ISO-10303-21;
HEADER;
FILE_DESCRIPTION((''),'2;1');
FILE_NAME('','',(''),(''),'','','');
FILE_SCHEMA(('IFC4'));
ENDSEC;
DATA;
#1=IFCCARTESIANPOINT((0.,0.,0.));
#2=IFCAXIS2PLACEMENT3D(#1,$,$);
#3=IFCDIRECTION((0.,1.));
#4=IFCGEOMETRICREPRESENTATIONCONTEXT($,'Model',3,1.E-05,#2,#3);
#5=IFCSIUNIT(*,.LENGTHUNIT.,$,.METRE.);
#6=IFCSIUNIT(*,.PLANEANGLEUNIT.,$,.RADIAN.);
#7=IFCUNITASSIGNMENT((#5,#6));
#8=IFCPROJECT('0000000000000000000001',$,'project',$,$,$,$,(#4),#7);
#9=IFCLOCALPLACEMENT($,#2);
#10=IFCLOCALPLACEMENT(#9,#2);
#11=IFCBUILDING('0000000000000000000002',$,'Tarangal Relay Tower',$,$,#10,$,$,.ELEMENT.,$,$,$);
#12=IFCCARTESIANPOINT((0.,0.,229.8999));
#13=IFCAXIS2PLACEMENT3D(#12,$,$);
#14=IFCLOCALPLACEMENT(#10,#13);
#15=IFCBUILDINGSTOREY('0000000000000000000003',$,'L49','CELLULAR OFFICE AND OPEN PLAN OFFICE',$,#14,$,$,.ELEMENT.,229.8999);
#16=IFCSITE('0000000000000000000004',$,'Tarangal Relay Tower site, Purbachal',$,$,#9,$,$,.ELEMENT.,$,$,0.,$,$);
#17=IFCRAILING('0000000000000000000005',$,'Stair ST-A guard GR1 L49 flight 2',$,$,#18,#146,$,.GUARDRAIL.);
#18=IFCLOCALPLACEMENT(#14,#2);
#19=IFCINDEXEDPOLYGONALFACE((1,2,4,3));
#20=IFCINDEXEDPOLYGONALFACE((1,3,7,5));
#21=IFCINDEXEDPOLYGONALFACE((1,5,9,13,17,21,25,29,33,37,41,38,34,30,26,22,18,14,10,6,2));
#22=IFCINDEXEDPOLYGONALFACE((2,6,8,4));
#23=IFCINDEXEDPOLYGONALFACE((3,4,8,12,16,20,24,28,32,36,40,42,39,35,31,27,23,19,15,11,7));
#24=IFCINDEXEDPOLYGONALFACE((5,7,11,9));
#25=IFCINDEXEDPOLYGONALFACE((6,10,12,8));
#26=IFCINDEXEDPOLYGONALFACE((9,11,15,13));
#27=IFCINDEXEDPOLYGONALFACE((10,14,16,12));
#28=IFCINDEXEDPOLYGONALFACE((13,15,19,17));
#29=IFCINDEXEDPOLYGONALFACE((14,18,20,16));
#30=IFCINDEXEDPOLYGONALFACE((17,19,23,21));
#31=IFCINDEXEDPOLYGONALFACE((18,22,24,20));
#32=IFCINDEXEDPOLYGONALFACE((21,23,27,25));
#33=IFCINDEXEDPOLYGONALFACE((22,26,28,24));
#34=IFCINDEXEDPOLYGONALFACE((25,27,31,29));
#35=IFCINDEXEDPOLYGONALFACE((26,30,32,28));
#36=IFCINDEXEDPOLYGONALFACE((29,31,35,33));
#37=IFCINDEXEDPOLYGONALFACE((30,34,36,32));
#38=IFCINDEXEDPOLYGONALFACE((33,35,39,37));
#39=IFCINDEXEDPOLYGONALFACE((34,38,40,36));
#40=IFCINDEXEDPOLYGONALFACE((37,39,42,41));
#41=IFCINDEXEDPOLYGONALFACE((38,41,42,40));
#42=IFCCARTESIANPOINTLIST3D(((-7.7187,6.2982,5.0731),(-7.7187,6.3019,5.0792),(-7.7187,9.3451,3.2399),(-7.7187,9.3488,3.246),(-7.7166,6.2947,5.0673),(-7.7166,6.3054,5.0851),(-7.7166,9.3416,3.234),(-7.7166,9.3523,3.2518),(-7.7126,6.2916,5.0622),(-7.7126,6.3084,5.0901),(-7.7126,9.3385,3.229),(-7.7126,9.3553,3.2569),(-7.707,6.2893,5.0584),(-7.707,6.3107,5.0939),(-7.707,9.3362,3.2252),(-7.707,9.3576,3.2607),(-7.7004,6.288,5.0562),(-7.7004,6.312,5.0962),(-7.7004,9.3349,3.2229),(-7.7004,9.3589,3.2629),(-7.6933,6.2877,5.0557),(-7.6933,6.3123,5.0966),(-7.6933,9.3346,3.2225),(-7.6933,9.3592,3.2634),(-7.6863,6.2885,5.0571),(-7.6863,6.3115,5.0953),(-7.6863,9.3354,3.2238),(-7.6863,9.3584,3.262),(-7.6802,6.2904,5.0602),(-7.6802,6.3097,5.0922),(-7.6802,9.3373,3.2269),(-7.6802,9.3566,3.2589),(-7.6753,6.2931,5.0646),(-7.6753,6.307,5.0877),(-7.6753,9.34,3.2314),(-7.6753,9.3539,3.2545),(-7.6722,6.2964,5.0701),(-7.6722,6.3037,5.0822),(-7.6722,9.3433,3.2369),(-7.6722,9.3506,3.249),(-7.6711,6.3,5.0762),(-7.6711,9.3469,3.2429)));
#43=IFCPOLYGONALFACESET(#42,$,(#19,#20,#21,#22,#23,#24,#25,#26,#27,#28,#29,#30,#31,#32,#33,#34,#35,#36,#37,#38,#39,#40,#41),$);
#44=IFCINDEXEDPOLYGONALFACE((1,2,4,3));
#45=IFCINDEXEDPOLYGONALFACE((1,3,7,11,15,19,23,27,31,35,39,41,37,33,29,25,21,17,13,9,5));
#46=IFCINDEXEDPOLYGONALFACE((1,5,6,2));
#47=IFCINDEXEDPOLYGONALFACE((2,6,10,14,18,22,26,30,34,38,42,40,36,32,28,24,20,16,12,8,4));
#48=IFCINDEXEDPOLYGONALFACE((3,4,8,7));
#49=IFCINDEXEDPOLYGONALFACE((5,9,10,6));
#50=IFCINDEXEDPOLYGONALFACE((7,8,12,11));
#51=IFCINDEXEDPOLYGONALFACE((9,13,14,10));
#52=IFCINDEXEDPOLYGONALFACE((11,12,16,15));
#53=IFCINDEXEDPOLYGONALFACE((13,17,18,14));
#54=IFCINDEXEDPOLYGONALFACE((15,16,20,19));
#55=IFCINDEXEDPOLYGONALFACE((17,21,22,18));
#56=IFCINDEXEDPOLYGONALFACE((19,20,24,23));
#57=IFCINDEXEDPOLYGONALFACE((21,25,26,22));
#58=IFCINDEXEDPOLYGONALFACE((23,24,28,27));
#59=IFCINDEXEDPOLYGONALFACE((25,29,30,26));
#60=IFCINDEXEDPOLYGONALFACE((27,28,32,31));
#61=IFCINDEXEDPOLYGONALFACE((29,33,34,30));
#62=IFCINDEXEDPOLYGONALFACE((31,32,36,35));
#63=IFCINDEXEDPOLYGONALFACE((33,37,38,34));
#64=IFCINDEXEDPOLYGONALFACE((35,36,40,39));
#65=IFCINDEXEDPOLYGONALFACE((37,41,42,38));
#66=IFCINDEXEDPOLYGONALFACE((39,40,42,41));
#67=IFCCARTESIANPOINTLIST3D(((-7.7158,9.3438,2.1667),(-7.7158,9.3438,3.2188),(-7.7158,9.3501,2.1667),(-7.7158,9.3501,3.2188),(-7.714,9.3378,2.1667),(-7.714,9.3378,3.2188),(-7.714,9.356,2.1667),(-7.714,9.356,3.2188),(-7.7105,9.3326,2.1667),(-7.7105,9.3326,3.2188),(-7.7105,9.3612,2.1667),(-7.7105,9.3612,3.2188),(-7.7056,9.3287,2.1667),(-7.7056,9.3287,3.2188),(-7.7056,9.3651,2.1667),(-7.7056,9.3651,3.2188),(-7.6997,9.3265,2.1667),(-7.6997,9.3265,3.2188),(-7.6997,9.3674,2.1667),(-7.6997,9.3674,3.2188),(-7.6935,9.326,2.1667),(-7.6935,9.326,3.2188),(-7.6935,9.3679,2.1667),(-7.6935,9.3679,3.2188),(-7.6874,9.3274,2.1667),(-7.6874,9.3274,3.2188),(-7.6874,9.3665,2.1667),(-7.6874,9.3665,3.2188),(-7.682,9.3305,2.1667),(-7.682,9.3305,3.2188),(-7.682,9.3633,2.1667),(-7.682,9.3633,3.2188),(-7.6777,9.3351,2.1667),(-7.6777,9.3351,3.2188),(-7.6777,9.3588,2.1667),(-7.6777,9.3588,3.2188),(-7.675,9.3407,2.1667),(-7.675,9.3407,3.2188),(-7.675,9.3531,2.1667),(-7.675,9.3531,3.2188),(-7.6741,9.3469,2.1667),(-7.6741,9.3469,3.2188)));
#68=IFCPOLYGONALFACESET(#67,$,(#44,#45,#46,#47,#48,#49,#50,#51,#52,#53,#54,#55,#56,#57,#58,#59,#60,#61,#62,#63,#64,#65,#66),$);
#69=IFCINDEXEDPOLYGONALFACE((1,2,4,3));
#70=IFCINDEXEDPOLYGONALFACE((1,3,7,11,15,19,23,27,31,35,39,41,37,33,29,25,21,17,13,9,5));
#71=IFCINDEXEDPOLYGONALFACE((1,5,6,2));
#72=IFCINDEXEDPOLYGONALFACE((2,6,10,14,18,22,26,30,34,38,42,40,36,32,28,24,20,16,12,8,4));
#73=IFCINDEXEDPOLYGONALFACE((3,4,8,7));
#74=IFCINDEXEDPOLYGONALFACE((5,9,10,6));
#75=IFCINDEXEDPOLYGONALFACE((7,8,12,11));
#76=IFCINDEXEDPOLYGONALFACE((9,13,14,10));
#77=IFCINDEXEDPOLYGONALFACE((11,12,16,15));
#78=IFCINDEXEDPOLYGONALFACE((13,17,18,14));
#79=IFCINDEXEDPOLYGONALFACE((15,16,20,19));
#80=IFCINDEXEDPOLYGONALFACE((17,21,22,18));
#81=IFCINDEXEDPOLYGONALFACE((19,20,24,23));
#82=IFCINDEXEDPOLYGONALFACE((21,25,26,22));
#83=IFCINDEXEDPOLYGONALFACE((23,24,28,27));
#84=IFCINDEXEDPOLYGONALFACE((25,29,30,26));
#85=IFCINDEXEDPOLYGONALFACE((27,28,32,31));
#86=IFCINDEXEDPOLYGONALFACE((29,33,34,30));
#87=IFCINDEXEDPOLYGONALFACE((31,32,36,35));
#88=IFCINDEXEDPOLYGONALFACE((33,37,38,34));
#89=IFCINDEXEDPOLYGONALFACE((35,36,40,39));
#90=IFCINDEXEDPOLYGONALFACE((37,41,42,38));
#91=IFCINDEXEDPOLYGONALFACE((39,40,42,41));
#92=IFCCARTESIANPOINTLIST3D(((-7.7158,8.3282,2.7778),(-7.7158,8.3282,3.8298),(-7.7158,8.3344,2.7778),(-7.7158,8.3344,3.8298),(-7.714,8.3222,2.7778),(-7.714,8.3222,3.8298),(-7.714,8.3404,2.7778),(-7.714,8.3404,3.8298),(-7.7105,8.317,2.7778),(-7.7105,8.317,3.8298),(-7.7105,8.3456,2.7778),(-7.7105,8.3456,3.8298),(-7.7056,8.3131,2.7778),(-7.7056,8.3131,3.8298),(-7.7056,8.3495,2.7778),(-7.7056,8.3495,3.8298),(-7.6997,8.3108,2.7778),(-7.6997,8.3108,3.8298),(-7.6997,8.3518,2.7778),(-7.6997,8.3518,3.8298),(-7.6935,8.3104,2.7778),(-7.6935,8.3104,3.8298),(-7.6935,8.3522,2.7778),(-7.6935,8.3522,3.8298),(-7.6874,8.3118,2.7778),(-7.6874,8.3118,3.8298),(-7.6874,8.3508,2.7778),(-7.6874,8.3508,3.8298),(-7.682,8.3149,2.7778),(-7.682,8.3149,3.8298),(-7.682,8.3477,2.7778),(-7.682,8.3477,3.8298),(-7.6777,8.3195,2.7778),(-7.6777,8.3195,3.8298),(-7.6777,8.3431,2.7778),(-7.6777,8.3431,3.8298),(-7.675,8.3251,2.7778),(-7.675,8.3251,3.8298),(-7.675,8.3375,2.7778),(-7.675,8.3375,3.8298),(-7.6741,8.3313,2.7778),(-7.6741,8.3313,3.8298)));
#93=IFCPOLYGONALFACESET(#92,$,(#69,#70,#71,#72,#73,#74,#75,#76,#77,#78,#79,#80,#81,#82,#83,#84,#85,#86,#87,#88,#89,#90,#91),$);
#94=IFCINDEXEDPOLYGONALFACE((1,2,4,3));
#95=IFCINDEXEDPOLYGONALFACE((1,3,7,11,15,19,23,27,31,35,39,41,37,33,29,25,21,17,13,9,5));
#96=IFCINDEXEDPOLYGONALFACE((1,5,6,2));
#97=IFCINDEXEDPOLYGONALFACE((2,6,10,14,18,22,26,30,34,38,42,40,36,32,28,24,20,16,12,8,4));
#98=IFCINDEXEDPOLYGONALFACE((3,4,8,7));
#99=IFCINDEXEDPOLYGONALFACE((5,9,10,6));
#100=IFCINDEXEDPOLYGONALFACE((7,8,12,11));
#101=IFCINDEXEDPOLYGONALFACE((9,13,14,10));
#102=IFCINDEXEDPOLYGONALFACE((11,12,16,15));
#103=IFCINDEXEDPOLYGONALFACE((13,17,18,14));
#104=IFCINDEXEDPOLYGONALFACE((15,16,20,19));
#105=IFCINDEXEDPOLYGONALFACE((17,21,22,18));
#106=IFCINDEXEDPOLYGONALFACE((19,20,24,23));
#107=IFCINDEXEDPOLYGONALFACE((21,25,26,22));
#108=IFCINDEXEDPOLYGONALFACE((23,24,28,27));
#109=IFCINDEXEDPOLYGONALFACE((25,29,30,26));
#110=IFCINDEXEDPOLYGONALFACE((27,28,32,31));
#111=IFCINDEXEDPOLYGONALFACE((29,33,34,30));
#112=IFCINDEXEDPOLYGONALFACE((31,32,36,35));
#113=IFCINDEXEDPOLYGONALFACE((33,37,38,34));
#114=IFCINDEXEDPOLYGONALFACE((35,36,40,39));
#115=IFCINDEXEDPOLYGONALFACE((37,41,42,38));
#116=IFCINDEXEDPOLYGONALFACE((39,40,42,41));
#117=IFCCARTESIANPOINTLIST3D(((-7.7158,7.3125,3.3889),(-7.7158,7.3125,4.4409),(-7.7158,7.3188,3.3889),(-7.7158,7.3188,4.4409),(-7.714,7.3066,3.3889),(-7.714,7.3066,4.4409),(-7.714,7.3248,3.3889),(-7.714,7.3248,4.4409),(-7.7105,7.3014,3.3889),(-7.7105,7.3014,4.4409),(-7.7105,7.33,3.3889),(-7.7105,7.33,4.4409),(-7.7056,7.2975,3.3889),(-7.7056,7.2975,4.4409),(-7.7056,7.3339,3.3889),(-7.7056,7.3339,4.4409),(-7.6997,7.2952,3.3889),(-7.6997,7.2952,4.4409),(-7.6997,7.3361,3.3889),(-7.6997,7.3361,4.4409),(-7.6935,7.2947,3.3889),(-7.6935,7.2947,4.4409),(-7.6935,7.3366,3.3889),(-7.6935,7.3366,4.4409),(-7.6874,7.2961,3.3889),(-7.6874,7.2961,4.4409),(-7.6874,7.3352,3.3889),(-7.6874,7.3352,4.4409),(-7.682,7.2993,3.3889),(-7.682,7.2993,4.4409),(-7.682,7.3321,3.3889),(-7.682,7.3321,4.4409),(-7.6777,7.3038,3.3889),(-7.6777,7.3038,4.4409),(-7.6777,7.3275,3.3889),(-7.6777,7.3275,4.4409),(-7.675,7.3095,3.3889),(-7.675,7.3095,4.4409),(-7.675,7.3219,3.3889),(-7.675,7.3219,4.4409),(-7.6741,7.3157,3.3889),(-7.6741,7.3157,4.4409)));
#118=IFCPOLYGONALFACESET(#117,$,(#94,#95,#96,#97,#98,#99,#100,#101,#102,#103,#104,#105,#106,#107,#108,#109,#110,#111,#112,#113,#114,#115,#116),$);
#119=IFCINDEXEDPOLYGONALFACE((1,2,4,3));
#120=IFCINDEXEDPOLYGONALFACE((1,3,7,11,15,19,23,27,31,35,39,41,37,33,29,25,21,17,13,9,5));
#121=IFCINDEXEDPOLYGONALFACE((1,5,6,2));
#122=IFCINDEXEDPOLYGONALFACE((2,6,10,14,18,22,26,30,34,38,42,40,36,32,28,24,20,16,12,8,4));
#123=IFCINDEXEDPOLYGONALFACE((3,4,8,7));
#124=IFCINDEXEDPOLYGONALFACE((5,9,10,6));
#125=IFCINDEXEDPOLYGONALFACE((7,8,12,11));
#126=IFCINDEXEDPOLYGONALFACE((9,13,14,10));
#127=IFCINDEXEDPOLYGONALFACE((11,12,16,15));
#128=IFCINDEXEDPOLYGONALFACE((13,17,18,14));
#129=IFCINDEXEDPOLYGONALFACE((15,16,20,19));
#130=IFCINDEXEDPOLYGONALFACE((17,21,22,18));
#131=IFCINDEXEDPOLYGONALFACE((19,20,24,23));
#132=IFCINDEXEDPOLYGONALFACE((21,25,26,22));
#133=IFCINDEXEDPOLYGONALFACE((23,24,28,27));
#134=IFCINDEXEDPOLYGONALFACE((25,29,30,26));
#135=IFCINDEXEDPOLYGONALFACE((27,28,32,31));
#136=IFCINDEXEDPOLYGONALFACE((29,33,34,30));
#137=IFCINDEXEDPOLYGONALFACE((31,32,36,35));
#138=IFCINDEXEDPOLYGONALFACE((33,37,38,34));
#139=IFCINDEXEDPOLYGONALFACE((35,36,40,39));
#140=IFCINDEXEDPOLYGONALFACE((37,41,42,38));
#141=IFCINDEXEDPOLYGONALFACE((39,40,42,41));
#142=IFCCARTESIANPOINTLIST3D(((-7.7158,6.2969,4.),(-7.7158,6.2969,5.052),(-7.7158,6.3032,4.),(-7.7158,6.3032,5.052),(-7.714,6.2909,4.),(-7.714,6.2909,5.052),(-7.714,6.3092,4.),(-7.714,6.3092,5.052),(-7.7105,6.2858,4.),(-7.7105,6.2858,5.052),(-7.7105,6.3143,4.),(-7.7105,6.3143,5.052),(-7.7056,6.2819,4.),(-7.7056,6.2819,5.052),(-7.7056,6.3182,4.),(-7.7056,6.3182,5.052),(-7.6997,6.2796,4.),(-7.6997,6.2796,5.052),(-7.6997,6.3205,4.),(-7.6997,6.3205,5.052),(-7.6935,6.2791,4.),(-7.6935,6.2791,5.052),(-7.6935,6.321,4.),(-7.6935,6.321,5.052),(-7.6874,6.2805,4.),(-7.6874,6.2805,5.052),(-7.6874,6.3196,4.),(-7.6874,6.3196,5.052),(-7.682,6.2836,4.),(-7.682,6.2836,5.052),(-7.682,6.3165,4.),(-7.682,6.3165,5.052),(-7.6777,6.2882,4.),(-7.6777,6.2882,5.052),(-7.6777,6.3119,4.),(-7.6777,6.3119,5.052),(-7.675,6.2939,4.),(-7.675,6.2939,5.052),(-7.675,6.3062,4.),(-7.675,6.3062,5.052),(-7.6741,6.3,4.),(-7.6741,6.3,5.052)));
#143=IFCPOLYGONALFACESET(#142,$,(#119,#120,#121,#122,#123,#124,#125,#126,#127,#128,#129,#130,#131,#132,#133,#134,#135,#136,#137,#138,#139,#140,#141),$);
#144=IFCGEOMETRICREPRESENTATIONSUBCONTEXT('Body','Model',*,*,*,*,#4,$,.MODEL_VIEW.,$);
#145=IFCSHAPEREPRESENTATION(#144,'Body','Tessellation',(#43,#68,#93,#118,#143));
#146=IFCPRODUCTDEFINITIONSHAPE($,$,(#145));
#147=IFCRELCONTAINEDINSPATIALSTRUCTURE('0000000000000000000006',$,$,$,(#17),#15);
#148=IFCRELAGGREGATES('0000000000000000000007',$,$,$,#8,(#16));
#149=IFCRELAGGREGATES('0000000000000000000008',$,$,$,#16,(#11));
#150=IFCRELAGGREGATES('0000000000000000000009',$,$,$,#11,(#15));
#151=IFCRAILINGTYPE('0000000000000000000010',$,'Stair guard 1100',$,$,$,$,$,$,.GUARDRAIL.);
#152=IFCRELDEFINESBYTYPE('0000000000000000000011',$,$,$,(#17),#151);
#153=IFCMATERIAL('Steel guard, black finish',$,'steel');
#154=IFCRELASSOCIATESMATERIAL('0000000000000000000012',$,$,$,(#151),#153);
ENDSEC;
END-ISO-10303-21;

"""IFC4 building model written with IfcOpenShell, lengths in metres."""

from ifc_helpers import new_model, si_unit, direction, frame, origin, origin_2d, place, context, subcontext, project, spatial, circle, extrude, material, type_object, element, save


model = new_model("IFC4")

# Units and contexts
model_context = context("Model", 3, precision=1e-05, world=origin(), true_north=direction((0.0, 1.0)))
body_context = subcontext(model_context, "Body", "Model", "MODEL_VIEW")
ifc_project = project(units=[si_unit("LENGTHUNIT", "METRE"), si_unit("PLANEANGLEUNIT", "RADIAN")], contexts=[model_context])

# Site, building, storey
site_placement = place(None, origin())
site = spatial("IfcSite", under=ifc_project, at=site_placement, Name="Tarangal Relay Tower site, Purbachal", CompositionType="ELEMENT", RefElevation=0.0)
building_placement = place(site_placement, origin())
building = spatial("IfcBuilding", under=site, at=building_placement, Name="Tarangal Relay Tower", CompositionType="ELEMENT")
storey_placement = place(building_placement, frame((0.0, 0.0, 229.8999)))
storey = spatial("IfcBuildingStorey", under=building, at=storey_placement, Name="L49", Description="CELLULAR OFFICE AND OPEN PLAN OFFICE", CompositionType="ELEMENT", Elevation=229.8999)

# Railing
ifc_material_1 = material(Name="Steel guard, black finish", Category="steel")
railing_type_1 = type_object("IfcRailingType", Name="Stair guard 1100", PredefinedType="GUARDRAIL", material=ifc_material_1)
railing_1_placement = place(storey_placement, frame((-7.6951, 9.3469, 2.1667)))
element("IfcRailing", 1, at=railing_1_placement, inside=storey, type_object=railing_type_1, Name="Stair ST-A guard GR1 L49 flight 2", PredefinedType="GUARDRAIL", context=body_context, shape_type="SweptSolid", body=[
    extrude(circle(Radius=0.0239, at=origin_2d()), frame((0.0, 0.0, 1.0762), z_axis=(0.0, -0.856856, 0.515556), x_axis=(1.0, 0.0, 0.0)), (0.0, 0.0, 1.0), 3.5559),
    extrude(circle(Radius=0.021, at=origin_2d()), origin(), (0.0, 0.0, 1.0), 1.052),
    extrude(circle(Radius=0.021, at=origin_2d()), frame((0.0, -1.0156, 0.6111)), (0.0, 0.0, 1.0), 1.052),
    extrude(circle(Radius=0.021, at=origin_2d()), frame((0.0, -2.0312, 1.2222)), (0.0, 0.0, 1.0), 1.052),
    extrude(circle(Radius=0.021, at=origin_2d()), frame((0.0, -3.0469, 1.8333)), (0.0, 0.0, 1.0), 1.052),
])

save(model, "model.ifc")
